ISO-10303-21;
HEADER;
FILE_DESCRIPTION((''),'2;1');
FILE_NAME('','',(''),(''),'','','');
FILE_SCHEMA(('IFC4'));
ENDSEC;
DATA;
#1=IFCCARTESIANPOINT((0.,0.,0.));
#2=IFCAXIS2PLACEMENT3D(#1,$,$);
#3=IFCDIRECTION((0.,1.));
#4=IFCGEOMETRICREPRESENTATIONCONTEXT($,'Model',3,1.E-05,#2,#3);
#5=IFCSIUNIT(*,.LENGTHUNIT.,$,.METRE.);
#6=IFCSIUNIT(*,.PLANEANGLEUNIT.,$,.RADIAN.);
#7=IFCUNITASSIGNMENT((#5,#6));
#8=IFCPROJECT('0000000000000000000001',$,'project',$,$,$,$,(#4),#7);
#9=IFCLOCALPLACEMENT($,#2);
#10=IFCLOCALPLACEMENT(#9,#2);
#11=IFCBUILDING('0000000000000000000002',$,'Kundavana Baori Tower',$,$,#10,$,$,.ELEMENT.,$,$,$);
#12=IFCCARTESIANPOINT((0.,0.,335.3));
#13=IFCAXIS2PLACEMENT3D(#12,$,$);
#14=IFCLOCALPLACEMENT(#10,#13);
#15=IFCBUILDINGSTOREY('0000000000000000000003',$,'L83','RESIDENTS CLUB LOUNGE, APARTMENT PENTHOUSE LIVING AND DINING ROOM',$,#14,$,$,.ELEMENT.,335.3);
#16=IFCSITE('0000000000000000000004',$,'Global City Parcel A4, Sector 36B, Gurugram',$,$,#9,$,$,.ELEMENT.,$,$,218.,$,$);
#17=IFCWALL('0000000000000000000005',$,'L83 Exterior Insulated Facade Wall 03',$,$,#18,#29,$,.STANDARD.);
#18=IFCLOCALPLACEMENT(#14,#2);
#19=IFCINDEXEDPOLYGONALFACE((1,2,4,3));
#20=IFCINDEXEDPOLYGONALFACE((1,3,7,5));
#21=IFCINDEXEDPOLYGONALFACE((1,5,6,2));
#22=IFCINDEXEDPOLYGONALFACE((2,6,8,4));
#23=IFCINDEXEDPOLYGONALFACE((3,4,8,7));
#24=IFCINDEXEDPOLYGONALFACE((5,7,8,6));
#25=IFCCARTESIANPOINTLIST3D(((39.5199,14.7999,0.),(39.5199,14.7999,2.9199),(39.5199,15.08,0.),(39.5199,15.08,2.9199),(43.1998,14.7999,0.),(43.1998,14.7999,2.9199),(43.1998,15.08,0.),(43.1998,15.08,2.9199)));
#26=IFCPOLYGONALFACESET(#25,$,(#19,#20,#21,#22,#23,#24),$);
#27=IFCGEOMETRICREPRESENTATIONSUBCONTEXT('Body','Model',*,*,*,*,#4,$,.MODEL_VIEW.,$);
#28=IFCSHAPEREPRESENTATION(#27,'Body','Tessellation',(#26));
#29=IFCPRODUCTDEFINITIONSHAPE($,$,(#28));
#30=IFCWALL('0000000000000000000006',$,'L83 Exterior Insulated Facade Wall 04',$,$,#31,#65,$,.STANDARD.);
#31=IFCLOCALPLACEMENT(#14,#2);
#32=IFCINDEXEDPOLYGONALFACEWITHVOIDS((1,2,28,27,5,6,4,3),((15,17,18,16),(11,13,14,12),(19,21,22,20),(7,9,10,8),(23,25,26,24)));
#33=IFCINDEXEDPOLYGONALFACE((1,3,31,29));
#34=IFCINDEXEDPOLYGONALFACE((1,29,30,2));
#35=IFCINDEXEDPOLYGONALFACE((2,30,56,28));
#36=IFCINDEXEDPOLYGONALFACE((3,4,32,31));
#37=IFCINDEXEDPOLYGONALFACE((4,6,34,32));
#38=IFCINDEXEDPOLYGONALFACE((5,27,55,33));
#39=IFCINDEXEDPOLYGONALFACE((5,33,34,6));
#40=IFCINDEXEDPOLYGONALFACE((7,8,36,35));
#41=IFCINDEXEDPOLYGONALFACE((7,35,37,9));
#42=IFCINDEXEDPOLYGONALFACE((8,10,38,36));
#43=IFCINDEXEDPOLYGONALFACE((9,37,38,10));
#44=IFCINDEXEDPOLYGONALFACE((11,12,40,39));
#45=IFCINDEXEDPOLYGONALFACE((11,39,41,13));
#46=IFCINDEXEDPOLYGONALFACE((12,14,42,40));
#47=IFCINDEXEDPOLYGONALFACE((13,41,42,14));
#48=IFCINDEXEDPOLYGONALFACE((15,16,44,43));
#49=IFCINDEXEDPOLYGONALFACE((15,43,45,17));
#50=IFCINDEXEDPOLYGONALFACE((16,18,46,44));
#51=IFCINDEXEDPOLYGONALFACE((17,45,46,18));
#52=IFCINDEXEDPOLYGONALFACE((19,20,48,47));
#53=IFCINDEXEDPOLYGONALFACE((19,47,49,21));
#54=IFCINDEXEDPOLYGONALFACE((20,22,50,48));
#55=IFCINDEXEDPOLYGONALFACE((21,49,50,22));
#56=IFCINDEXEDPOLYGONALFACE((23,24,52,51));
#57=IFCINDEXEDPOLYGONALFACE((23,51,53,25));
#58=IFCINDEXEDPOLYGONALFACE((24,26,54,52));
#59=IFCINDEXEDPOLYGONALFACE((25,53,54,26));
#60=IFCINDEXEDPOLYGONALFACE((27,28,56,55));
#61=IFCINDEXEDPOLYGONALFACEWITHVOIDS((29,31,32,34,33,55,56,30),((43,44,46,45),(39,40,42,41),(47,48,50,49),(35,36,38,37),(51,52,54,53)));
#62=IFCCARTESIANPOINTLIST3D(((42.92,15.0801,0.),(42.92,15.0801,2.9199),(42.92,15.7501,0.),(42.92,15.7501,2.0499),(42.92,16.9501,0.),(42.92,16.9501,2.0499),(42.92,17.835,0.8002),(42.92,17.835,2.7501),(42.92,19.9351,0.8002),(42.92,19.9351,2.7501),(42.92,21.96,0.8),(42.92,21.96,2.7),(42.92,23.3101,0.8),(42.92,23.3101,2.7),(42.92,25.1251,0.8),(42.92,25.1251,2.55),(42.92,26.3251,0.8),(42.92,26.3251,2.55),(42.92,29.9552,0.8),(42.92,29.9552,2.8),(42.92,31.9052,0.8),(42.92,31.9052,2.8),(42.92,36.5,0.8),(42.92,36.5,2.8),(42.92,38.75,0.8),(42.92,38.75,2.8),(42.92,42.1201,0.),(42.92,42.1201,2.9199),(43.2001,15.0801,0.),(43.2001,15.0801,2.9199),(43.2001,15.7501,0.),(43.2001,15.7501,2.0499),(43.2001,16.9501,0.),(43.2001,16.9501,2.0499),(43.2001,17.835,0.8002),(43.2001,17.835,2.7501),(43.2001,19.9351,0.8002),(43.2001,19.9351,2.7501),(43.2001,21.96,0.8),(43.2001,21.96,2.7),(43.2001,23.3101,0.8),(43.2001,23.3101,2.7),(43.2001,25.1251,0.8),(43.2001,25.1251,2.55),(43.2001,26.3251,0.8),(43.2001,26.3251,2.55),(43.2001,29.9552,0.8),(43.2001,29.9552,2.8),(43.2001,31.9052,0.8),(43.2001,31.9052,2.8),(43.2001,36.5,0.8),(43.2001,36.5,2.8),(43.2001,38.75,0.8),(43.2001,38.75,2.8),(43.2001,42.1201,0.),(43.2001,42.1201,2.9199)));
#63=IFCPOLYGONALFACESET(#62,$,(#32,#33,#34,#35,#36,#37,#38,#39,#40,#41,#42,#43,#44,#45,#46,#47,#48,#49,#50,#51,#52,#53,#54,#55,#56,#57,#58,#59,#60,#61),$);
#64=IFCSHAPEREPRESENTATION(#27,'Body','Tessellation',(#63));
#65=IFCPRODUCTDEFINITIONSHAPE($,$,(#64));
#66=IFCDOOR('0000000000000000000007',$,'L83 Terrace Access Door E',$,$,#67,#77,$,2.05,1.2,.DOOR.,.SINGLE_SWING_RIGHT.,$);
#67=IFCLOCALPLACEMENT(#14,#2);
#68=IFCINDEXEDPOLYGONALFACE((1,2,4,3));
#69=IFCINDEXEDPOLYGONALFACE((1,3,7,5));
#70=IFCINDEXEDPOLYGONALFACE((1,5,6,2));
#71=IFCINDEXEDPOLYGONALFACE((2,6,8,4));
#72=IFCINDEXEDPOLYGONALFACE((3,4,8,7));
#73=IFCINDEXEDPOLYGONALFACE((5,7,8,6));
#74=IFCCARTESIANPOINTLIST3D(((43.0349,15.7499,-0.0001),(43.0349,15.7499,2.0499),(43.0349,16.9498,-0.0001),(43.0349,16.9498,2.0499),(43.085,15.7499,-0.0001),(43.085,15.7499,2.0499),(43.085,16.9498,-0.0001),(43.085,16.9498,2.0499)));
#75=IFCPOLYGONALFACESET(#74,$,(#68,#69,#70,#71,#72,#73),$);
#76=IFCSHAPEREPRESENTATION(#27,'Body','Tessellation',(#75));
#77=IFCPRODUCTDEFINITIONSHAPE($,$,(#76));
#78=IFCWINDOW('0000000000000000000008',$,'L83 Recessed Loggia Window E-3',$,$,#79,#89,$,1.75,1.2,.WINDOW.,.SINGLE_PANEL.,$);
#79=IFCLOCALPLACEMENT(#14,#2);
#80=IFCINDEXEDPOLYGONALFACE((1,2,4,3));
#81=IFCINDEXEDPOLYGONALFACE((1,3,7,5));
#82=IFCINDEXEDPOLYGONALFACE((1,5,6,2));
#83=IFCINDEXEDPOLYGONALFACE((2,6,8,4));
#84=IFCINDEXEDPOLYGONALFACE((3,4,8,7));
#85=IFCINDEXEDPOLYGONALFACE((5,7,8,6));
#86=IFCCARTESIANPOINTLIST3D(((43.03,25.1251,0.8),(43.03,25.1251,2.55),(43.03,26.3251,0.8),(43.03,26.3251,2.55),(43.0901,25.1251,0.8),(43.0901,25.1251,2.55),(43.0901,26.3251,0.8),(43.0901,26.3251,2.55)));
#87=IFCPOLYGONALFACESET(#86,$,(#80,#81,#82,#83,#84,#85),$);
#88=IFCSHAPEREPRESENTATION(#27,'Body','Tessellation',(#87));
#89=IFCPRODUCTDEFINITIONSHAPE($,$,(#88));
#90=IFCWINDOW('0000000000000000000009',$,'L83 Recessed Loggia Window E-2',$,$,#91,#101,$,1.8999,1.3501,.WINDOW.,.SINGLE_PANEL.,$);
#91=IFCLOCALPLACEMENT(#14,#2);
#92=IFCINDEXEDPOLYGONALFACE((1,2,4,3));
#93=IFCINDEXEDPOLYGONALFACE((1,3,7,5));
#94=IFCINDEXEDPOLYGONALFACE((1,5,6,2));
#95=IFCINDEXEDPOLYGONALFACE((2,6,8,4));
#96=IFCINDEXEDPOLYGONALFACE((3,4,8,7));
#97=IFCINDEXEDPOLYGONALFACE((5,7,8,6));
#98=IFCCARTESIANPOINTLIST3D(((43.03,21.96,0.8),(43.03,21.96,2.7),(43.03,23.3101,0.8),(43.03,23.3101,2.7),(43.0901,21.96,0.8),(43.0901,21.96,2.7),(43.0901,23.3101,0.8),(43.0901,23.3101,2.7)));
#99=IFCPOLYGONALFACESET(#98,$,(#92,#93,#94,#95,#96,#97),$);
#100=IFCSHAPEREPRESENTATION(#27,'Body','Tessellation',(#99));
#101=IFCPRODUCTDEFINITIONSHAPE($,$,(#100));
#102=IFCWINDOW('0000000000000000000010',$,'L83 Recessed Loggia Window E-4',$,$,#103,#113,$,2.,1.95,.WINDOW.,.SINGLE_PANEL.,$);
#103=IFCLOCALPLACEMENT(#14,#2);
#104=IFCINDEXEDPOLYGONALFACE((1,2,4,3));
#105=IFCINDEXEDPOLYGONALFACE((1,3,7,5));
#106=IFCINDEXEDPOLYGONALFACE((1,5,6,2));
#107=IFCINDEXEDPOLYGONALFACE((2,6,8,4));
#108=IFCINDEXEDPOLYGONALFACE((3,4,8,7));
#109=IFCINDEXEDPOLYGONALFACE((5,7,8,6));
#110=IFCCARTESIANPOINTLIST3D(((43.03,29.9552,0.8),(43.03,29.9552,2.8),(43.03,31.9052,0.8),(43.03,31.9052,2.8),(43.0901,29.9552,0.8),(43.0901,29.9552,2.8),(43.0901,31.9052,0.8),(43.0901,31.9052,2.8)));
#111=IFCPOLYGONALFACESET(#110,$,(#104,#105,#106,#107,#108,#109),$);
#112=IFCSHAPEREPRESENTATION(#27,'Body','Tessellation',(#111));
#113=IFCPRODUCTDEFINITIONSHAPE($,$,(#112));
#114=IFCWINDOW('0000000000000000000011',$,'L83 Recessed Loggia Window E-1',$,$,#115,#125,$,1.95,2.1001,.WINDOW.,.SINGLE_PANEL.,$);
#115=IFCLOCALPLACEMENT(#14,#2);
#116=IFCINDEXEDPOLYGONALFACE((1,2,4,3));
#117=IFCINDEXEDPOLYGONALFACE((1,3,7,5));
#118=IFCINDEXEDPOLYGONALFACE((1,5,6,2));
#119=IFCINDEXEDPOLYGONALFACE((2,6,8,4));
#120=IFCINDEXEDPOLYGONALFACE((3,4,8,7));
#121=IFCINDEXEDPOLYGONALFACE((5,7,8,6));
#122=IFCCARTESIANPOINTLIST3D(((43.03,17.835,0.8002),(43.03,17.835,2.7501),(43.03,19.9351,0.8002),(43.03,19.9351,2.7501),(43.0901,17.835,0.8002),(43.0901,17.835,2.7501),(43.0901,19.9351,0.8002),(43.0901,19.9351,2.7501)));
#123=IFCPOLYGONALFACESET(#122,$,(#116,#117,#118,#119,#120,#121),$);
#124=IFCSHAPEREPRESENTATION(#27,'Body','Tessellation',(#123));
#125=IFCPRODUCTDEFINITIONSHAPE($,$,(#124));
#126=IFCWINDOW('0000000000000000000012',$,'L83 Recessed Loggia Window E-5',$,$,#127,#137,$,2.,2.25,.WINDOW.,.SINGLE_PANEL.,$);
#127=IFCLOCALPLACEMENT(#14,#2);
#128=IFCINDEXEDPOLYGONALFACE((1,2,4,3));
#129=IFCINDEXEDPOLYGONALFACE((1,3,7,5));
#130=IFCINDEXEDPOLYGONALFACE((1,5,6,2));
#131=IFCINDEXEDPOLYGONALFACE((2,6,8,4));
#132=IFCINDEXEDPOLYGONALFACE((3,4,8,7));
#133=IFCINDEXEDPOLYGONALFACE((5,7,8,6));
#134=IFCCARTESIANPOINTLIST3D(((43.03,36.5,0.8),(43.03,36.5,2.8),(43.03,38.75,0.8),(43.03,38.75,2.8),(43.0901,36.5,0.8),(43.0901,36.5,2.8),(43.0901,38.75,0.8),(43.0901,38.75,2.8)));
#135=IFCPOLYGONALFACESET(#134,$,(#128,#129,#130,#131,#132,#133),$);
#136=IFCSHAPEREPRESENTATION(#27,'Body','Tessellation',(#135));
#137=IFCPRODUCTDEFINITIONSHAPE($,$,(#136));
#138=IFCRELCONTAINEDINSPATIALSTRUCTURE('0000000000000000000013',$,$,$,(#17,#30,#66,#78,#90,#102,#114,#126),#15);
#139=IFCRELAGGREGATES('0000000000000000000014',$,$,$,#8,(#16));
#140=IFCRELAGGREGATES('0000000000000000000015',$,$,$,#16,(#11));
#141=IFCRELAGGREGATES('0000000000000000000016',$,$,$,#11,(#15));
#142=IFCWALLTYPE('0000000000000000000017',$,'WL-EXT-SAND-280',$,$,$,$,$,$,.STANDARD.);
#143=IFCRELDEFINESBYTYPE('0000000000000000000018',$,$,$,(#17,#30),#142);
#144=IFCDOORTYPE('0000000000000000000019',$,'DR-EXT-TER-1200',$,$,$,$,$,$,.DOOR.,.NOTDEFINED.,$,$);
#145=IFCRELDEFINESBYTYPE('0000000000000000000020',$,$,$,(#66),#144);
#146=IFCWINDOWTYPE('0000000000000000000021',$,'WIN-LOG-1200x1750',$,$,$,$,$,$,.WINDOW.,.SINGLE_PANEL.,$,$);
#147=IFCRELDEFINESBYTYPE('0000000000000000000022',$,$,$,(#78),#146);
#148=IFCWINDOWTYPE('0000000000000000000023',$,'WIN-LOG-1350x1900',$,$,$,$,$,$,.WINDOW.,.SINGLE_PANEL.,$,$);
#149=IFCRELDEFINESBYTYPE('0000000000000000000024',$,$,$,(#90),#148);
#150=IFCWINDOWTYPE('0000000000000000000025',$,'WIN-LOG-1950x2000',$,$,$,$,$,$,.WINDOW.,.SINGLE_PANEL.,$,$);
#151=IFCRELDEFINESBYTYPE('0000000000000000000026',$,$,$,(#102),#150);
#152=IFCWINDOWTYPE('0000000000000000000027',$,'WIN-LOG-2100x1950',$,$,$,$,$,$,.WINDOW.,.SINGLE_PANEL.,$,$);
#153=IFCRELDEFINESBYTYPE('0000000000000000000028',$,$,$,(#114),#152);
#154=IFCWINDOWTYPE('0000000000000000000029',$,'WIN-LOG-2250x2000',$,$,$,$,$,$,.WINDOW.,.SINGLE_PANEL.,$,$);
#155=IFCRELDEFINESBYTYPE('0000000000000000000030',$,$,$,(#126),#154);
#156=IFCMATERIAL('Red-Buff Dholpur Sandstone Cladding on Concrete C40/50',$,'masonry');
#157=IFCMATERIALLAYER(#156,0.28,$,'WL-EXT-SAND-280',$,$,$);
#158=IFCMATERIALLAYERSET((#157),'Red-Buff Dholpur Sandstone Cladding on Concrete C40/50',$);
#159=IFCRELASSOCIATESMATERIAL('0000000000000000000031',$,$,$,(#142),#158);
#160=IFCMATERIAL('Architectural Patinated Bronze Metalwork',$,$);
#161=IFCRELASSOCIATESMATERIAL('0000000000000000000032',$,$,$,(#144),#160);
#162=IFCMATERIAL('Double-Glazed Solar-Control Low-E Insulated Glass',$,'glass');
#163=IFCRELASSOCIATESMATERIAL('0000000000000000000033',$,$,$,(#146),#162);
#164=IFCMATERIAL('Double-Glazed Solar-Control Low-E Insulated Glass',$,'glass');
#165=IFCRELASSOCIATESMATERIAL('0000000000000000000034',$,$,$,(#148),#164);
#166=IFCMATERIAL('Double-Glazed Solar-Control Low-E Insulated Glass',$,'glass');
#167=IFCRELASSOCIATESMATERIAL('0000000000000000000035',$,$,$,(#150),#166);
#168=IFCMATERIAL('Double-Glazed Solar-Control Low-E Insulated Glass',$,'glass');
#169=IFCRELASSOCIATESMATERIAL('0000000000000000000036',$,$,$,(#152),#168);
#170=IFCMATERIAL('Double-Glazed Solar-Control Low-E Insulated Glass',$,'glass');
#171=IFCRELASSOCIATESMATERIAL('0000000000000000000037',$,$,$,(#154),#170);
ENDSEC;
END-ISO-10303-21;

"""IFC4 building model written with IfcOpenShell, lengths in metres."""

from ifc_helpers import new_model, si_unit, direction, frame, frame_2d, origin, place, context, subcontext, project, spatial, rectangle, extrude, material, layer, layer_set, type_object, element, fill, save


model = new_model("IFC4")

# Units and contexts
model_context = context("Model", 3, precision=1e-05, world=origin(), true_north=direction((0.0, 1.0)))
body_context = subcontext(model_context, "Body", "Model", "MODEL_VIEW")
ifc_project = project(units=[si_unit("LENGTHUNIT", "METRE"), si_unit("PLANEANGLEUNIT", "RADIAN")], contexts=[model_context])

# Site, building, storey
site_placement = place(None, origin())
site = spatial("IfcSite", under=ifc_project, at=site_placement, Name="Global City Parcel A4, Sector 36B, Gurugram", CompositionType="ELEMENT", RefElevation=218.0)
building_placement = place(site_placement, origin())
building = spatial("IfcBuilding", under=site, at=building_placement, Name="Kundavana Baori Tower", CompositionType="ELEMENT")
storey_placement = place(building_placement, frame((0.0, 0.0, 335.3)))
storey = spatial("IfcBuildingStorey", under=building, at=storey_placement, Name="L83", Description="RESIDENTS CLUB LOUNGE, APARTMENT PENTHOUSE LIVING AND DINING ROOM", CompositionType="ELEMENT", Elevation=335.3)

# Wall
ifc_material_1 = material(Name="Red-Buff Dholpur Sandstone Cladding on Concrete C40/50", Category="masonry")
ifc_layer_1 = layer(ifc_material_1, 0.28, Name="WL-EXT-SAND-280")
ifc_layer_set_1 = layer_set([ifc_layer_1], Name="Red-Buff Dholpur Sandstone Cladding on Concrete C40/50")
wall_type_1 = type_object("IfcWallType", Name="WL-EXT-SAND-280", PredefinedType="STANDARD", material=ifc_layer_set_1)
wall_1_placement = place(storey_placement, frame((39.52, 14.9399, 0.0), z_axis=(0.0, 0.0, 1.0), x_axis=(1.0, 0.0, 0.0)))
element("IfcWall", 1, at=wall_1_placement, inside=storey, type_object=wall_type_1, Name="L83 Exterior Insulated Facade Wall 03", PredefinedType="STANDARD", context=body_context, shape_type="SweptSolid", body=[
    extrude(rectangle(XDim=3.6799, YDim=0.28, at=frame_2d((1.8398, 0.0))), origin(), (0.0, 0.0, 1.0), 2.9199),
])

# Wall, openings, door, windows
wall_2_placement = place(storey_placement, frame((43.0601, 15.0801, 0.0), z_axis=(0.0, 0.0, 1.0), x_axis=(0.0, 1.0, 0.0)))
wall_2 = element("IfcWall", 2, at=wall_2_placement, inside=storey, type_object=wall_type_1, Name="L83 Exterior Insulated Facade Wall 04", PredefinedType="STANDARD", context=body_context, shape_type="SweptSolid", body=[
    extrude(rectangle(XDim=27.04, YDim=0.28, at=frame_2d((13.52, 0.0))), origin(), (0.0, 0.0, 1.0), 2.9199),
])
opening_1_placement = place(wall_2_placement, frame((0.6699, 0.0, 0.0)))
opening_1 = element("IfcOpeningElement", 3, at=opening_1_placement, cuts=wall_2, PredefinedType="OPENING", context=body_context, shape_type="SweptSolid", body=[
    extrude(rectangle(XDim=1.2, YDim=2.05, at=frame_2d((0.6001, 1.0249))), frame((0.0, 0.1499, 0.0), z_axis=(0.0, -1.0, 0.0), x_axis=(1.0, 0.0, 0.0)), (0.0, 0.0, 1.0), 0.3),
])
opening_2_placement = place(wall_2_placement, frame((2.7549, 0.0, 0.8)))
opening_2 = element("IfcOpeningElement", 4, at=opening_2_placement, cuts=wall_2, PredefinedType="OPENING", context=body_context, shape_type="SweptSolid", body=[
    extrude(rectangle(XDim=2.1001, YDim=1.95, at=frame_2d((1.05, 0.9751))), frame((0.0, 0.1499, 0.0), z_axis=(0.0, -1.0, 0.0), x_axis=(1.0, 0.0, 0.0)), (0.0, 0.0, 1.0), 0.3),
])
opening_3_placement = place(wall_2_placement, frame((6.8799, 0.0, 0.8)))
opening_3 = element("IfcOpeningElement", 5, at=opening_3_placement, cuts=wall_2, PredefinedType="OPENING", context=body_context, shape_type="SweptSolid", body=[
    extrude(rectangle(XDim=1.3501, YDim=1.8999, at=frame_2d((0.675, 0.95))), frame((0.0, 0.1499, 0.0), z_axis=(0.0, -1.0, 0.0), x_axis=(1.0, 0.0, 0.0)), (0.0, 0.0, 1.0), 0.3),
])
opening_4_placement = place(wall_2_placement, frame((10.0449, 0.0, 0.8)))
opening_4 = element("IfcOpeningElement", 6, at=opening_4_placement, cuts=wall_2, PredefinedType="OPENING", context=body_context, shape_type="SweptSolid", body=[
    extrude(rectangle(XDim=1.2, YDim=1.75, at=frame_2d((0.6001, 0.875))), frame((0.0, 0.1499, 0.0), z_axis=(0.0, -1.0, 0.0), x_axis=(1.0, 0.0, 0.0)), (0.0, 0.0, 1.0), 0.3),
])
opening_5_placement = place(wall_2_placement, frame((14.875, 0.0, 0.8)))
opening_5 = element("IfcOpeningElement", 7, at=opening_5_placement, cuts=wall_2, PredefinedType="OPENING", context=body_context, shape_type="SweptSolid", body=[
    extrude(rectangle(XDim=1.95, YDim=2.0, at=frame_2d((0.9751, 1.0))), frame((0.0, 0.1499, 0.0), z_axis=(0.0, -1.0, 0.0), x_axis=(1.0, 0.0, 0.0)), (0.0, 0.0, 1.0), 0.3),
])
opening_6_placement = place(wall_2_placement, frame((21.4199, 0.0, 0.8)))
opening_6 = element("IfcOpeningElement", 8, at=opening_6_placement, cuts=wall_2, PredefinedType="OPENING", context=body_context, shape_type="SweptSolid", body=[
    extrude(rectangle(XDim=2.25, YDim=2.0, at=frame_2d((1.125, 1.0))), frame((0.0, 0.1499, 0.0), z_axis=(0.0, -1.0, 0.0), x_axis=(1.0, 0.0, 0.0)), (0.0, 0.0, 1.0), 0.3),
])
ifc_material_2 = material(Name="Architectural Patinated Bronze Metalwork")
door_type_1 = type_object("IfcDoorType", Name="DR-EXT-TER-1200", OperationType="NOTDEFINED", PredefinedType="DOOR", material=ifc_material_2)
door_1_placement = place(opening_1_placement, frame((1.2, 0.0, 0.0), z_axis=(0.0, 0.0, 1.0), x_axis=(-1.0, 0.0, 0.0)))
door_1 = element("IfcDoor", 9, at=door_1_placement, inside=storey, type_object=door_type_1, Name="L83 Terrace Access Door E", OperationType="SINGLE_SWING_RIGHT", OverallHeight=2.05, OverallWidth=1.2, PredefinedType="DOOR", context=body_context, shape_type="SweptSolid", body=[
    extrude(rectangle(XDim=1.2, YDim=2.05, at=frame_2d((0.6001, 1.0249))), frame((0.0, 0.0249, 0.0), z_axis=(0.0, -1.0, 0.0), x_axis=(1.0, 0.0, 0.0)), (0.0, 0.0, 1.0), 0.05),
])
fill(opening_1, door_1)
ifc_material_3 = material(Name="Double-Glazed Solar-Control Low-E Insulated Glass", Category="glass")
window_type_1 = type_object("IfcWindowType", Name="WIN-LOG-1200x1750", PartitioningType="SINGLE_PANEL", PredefinedType="WINDOW", material=ifc_material_3)
window_1_placement = place(opening_4_placement, origin())
window_1 = element("IfcWindow", 10, at=window_1_placement, inside=storey, type_object=window_type_1, Name="L83 Recessed Loggia Window E-3", OverallHeight=1.75, OverallWidth=1.2, PartitioningType="SINGLE_PANEL", PredefinedType="WINDOW", context=body_context, shape_type="SweptSolid", body=[
    extrude(rectangle(XDim=1.2, YDim=1.75, at=frame_2d((0.6001, 0.875))), frame((0.0, 0.03, 0.0), z_axis=(0.0, -1.0, 0.0), x_axis=(1.0, 0.0, 0.0)), (0.0, 0.0, 1.0), 0.0601),
])
fill(opening_4, window_1)
ifc_material_4 = material(Name="Double-Glazed Solar-Control Low-E Insulated Glass", Category="glass")
window_type_2 = type_object("IfcWindowType", Name="WIN-LOG-1350x1900", PartitioningType="SINGLE_PANEL", PredefinedType="WINDOW", material=ifc_material_4)
window_2_placement = place(opening_3_placement, origin())
window_2 = element("IfcWindow", 11, at=window_2_placement, inside=storey, type_object=window_type_2, Name="L83 Recessed Loggia Window E-2", OverallHeight=1.8999, OverallWidth=1.3501, PartitioningType="SINGLE_PANEL", PredefinedType="WINDOW", context=body_context, shape_type="SweptSolid", body=[
    extrude(rectangle(XDim=1.3501, YDim=1.8999, at=frame_2d((0.675, 0.95))), frame((0.0, 0.03, 0.0), z_axis=(0.0, -1.0, 0.0), x_axis=(1.0, 0.0, 0.0)), (0.0, 0.0, 1.0), 0.0601),
])
fill(opening_3, window_2)
ifc_material_5 = material(Name="Double-Glazed Solar-Control Low-E Insulated Glass", Category="glass")
window_type_3 = type_object("IfcWindowType", Name="WIN-LOG-1950x2000", PartitioningType="SINGLE_PANEL", PredefinedType="WINDOW", material=ifc_material_5)
window_3_placement = place(opening_5_placement, origin())
window_3 = element("IfcWindow", 12, at=window_3_placement, inside=storey, type_object=window_type_3, Name="L83 Recessed Loggia Window E-4", OverallHeight=2.0, OverallWidth=1.95, PartitioningType="SINGLE_PANEL", PredefinedType="WINDOW", context=body_context, shape_type="SweptSolid", body=[
    extrude(rectangle(XDim=1.95, YDim=2.0, at=frame_2d((0.9751, 1.0))), frame((0.0, 0.03, 0.0), z_axis=(0.0, -1.0, 0.0), x_axis=(1.0, 0.0, 0.0)), (0.0, 0.0, 1.0), 0.0601),
])
fill(opening_5, window_3)
ifc_material_6 = material(Name="Double-Glazed Solar-Control Low-E Insulated Glass", Category="glass")
window_type_4 = type_object("IfcWindowType", Name="WIN-LOG-2100x1950", PartitioningType="SINGLE_PANEL", PredefinedType="WINDOW", material=ifc_material_6)
window_4_placement = place(opening_2_placement, origin())
window_4 = element("IfcWindow", 13, at=window_4_placement, inside=storey, type_object=window_type_4, Name="L83 Recessed Loggia Window E-1", OverallHeight=1.95, OverallWidth=2.1001, PartitioningType="SINGLE_PANEL", PredefinedType="WINDOW", context=body_context, shape_type="SweptSolid", body=[
    extrude(rectangle(XDim=2.1001, YDim=1.95, at=frame_2d((1.05, 0.9751))), frame((0.0, 0.03, 0.0), z_axis=(0.0, -1.0, 0.0), x_axis=(1.0, 0.0, 0.0)), (0.0, 0.0, 1.0), 0.0601),
])
fill(opening_2, window_4)
ifc_material_7 = material(Name="Double-Glazed Solar-Control Low-E Insulated Glass", Category="glass")
window_type_5 = type_object("IfcWindowType", Name="WIN-LOG-2250x2000", PartitioningType="SINGLE_PANEL", PredefinedType="WINDOW", material=ifc_material_7)
window_5_placement = place(opening_6_placement, origin())
window_5 = element("IfcWindow", 14, at=window_5_placement, inside=storey, type_object=window_type_5, Name="L83 Recessed Loggia Window E-5", OverallHeight=2.0, OverallWidth=2.25, PartitioningType="SINGLE_PANEL", PredefinedType="WINDOW", context=body_context, shape_type="SweptSolid", body=[
    extrude(rectangle(XDim=2.25, YDim=2.0, at=frame_2d((1.125, 1.0))), frame((0.0, 0.03, 0.0), z_axis=(0.0, -1.0, 0.0), x_axis=(1.0, 0.0, 0.0)), (0.0, 0.0, 1.0), 0.0601),
])
fill(opening_6, window_5)

save(model, "model.ifc")
